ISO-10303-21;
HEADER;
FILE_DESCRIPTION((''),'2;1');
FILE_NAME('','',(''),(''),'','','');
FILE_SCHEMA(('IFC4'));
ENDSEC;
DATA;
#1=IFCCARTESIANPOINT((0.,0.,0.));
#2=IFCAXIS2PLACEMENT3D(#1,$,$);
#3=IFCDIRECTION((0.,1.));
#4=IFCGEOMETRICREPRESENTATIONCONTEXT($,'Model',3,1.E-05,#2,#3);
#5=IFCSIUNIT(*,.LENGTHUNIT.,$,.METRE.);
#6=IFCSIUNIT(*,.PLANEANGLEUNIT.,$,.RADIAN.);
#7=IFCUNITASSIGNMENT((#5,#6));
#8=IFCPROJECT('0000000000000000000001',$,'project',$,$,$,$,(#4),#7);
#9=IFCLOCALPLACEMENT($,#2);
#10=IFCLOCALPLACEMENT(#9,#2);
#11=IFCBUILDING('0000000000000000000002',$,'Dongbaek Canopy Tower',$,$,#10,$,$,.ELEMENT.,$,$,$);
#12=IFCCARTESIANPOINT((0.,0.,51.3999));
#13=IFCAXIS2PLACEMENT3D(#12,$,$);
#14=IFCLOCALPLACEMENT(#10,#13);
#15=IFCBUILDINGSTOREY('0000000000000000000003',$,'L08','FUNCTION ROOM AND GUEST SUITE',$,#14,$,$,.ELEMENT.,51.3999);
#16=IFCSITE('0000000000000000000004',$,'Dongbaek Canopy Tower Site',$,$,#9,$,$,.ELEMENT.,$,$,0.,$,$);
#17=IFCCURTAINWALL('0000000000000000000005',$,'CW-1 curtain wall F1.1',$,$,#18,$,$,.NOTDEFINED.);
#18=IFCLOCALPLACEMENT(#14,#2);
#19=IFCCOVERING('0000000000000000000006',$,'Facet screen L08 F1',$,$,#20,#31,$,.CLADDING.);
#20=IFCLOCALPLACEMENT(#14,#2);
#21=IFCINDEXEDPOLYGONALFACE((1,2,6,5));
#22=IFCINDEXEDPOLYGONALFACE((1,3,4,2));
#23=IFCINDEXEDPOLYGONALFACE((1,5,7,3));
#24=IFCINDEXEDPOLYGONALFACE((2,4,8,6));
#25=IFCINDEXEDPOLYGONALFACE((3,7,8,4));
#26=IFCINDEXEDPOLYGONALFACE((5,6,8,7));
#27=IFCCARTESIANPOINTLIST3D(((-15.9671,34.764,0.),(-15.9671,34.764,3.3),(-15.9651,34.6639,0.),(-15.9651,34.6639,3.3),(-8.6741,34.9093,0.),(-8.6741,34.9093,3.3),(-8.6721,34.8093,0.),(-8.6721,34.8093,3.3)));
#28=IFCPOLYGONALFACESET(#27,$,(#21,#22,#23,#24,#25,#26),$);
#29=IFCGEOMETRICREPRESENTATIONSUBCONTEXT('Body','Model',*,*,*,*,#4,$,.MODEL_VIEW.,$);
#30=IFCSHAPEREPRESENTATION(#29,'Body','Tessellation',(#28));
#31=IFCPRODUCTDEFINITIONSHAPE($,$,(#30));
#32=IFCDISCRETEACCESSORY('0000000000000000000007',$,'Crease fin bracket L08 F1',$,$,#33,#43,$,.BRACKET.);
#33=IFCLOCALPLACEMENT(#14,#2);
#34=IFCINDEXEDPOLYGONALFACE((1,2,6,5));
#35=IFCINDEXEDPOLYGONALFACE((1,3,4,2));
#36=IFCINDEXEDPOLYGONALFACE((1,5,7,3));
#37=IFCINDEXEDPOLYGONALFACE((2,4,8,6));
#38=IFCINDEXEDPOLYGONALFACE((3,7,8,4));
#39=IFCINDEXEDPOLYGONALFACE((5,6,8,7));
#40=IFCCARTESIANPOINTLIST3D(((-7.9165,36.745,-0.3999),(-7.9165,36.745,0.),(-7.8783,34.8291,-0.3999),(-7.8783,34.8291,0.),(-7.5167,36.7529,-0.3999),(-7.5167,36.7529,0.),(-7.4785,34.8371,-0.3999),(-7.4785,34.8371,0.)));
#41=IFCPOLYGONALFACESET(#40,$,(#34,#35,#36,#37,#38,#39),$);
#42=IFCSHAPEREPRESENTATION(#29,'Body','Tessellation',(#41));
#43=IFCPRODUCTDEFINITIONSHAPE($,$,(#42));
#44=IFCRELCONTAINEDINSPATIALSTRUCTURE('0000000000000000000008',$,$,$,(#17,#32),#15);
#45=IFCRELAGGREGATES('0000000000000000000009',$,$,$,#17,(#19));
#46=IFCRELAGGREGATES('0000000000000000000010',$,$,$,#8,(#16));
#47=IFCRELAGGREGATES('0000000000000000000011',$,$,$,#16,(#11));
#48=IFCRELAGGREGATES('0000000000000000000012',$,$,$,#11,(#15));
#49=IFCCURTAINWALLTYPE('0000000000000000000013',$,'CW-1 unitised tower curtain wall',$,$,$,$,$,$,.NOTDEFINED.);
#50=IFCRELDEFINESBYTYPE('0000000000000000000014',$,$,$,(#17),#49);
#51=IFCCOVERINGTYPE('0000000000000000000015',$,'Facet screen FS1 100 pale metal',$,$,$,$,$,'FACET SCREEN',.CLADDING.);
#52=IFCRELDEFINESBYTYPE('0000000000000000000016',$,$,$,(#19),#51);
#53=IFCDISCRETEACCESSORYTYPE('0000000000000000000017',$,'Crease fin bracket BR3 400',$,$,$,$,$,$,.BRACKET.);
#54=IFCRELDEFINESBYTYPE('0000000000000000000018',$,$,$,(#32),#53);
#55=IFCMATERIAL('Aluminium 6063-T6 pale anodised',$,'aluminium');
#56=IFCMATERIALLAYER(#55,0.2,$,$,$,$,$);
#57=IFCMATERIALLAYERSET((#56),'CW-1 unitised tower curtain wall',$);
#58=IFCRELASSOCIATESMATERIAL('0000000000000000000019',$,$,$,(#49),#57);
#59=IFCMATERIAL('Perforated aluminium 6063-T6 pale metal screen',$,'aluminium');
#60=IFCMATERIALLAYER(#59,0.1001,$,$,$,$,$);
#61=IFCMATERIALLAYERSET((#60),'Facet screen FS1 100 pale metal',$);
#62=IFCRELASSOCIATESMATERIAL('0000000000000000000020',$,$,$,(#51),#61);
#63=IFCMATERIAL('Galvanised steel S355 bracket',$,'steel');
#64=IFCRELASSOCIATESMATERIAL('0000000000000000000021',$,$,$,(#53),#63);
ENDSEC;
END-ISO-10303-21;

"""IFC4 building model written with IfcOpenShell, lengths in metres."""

from ifc_helpers import new_model, si_unit, direction, frame, origin, origin_2d, place, context, subcontext, project, spatial, rectangle, extrude, material, layer, layer_set, type_object, element, aggregate, save


model = new_model("IFC4")

# Units and contexts
model_context = context("Model", 3, precision=1e-05, world=origin(), true_north=direction((0.0, 1.0)))
body_context = subcontext(model_context, "Body", "Model", "MODEL_VIEW")
ifc_project = project(units=[si_unit("LENGTHUNIT", "METRE"), si_unit("PLANEANGLEUNIT", "RADIAN")], contexts=[model_context])

# Site, building, storey
site_placement = place(None, origin())
site = spatial("IfcSite", under=ifc_project, at=site_placement, Name="Dongbaek Canopy Tower Site", CompositionType="ELEMENT", RefElevation=0.0)
building_placement = place(site_placement, origin())
building = spatial("IfcBuilding", under=site, at=building_placement, Name="Dongbaek Canopy Tower", CompositionType="ELEMENT")
storey_placement = place(building_placement, frame((0.0, 0.0, 51.3999)))
storey = spatial("IfcBuildingStorey", under=building, at=storey_placement, Name="L08", Description="FUNCTION ROOM AND GUEST SUITE", CompositionType="ELEMENT", Elevation=51.3999)

# Curtain wall
ifc_material_1 = material(Name="Aluminium 6063-T6 pale anodised", Category="aluminium")
ifc_layer_1 = layer(ifc_material_1, 0.2)
ifc_layer_set_1 = layer_set([ifc_layer_1], Name="CW-1 unitised tower curtain wall")
curtain_wall_type = type_object("IfcCurtainWallType", Name="CW-1 unitised tower curtain wall", PredefinedType="NOTDEFINED", material=ifc_layer_set_1)
curtain_wall_placement = place(storey_placement, origin())
curtain_wall = element("IfcCurtainWall", 1, at=curtain_wall_placement, inside=storey, type_object=curtain_wall_type, Name="CW-1 curtain wall F1.1", PredefinedType="NOTDEFINED")

# Covering
ifc_material_2 = material(Name="Perforated aluminium 6063-T6 pale metal screen", Category="aluminium")
ifc_layer_2 = layer(ifc_material_2, 0.1001)
ifc_layer_set_2 = layer_set([ifc_layer_2], Name="Facet screen FS1 100 pale metal")
covering_type_1 = type_object("IfcCoveringType", Name="Facet screen FS1 100 pale metal", ElementType="FACET SCREEN", PredefinedType="CLADDING", material=ifc_layer_set_2)
covering_1_placement = place(storey_placement, frame((-12.3196, 34.7866, 0.0), z_axis=(0.0, 0.0, 1.0), x_axis=(-0.999801, -0.019925, 0.0)))
covering_1 = element("IfcCovering", 2, at=covering_1_placement, type_object=covering_type_1, Name="Facet screen L08 F1", PredefinedType="CLADDING", context=body_context, shape_type="SweptSolid", body=[
    extrude(rectangle(XDim=7.2944, YDim=0.1001, at=origin_2d()), origin(), (0.0, 0.0, 1.0), 3.3),
])
aggregate(curtain_wall, [covering_1])

# Discrete accessory
ifc_material_3 = material(Name="Galvanised steel S355 bracket", Category="steel")
discrete_accessory_type = type_object("IfcDiscreteAccessoryType", Name="Crease fin bracket BR3 400", PredefinedType="BRACKET", material=ifc_material_3)
discrete_accessory_placement = place(storey_placement, frame((-7.6975, 35.791, -0.3999), z_axis=(0.0, 0.0, 1.0), x_axis=(-0.019925, 0.999801, 0.0)))
element("IfcDiscreteAccessory", 3, at=discrete_accessory_placement, inside=storey, type_object=discrete_accessory_type, Name="Crease fin bracket L08 F1", PredefinedType="BRACKET", context=body_context, shape_type="SweptSolid", body=[
    extrude(rectangle(XDim=1.9163, YDim=0.3999, at=origin_2d()), origin(), (0.0, 0.0, 1.0), 0.3999),
])

save(model, "model.ifc")
